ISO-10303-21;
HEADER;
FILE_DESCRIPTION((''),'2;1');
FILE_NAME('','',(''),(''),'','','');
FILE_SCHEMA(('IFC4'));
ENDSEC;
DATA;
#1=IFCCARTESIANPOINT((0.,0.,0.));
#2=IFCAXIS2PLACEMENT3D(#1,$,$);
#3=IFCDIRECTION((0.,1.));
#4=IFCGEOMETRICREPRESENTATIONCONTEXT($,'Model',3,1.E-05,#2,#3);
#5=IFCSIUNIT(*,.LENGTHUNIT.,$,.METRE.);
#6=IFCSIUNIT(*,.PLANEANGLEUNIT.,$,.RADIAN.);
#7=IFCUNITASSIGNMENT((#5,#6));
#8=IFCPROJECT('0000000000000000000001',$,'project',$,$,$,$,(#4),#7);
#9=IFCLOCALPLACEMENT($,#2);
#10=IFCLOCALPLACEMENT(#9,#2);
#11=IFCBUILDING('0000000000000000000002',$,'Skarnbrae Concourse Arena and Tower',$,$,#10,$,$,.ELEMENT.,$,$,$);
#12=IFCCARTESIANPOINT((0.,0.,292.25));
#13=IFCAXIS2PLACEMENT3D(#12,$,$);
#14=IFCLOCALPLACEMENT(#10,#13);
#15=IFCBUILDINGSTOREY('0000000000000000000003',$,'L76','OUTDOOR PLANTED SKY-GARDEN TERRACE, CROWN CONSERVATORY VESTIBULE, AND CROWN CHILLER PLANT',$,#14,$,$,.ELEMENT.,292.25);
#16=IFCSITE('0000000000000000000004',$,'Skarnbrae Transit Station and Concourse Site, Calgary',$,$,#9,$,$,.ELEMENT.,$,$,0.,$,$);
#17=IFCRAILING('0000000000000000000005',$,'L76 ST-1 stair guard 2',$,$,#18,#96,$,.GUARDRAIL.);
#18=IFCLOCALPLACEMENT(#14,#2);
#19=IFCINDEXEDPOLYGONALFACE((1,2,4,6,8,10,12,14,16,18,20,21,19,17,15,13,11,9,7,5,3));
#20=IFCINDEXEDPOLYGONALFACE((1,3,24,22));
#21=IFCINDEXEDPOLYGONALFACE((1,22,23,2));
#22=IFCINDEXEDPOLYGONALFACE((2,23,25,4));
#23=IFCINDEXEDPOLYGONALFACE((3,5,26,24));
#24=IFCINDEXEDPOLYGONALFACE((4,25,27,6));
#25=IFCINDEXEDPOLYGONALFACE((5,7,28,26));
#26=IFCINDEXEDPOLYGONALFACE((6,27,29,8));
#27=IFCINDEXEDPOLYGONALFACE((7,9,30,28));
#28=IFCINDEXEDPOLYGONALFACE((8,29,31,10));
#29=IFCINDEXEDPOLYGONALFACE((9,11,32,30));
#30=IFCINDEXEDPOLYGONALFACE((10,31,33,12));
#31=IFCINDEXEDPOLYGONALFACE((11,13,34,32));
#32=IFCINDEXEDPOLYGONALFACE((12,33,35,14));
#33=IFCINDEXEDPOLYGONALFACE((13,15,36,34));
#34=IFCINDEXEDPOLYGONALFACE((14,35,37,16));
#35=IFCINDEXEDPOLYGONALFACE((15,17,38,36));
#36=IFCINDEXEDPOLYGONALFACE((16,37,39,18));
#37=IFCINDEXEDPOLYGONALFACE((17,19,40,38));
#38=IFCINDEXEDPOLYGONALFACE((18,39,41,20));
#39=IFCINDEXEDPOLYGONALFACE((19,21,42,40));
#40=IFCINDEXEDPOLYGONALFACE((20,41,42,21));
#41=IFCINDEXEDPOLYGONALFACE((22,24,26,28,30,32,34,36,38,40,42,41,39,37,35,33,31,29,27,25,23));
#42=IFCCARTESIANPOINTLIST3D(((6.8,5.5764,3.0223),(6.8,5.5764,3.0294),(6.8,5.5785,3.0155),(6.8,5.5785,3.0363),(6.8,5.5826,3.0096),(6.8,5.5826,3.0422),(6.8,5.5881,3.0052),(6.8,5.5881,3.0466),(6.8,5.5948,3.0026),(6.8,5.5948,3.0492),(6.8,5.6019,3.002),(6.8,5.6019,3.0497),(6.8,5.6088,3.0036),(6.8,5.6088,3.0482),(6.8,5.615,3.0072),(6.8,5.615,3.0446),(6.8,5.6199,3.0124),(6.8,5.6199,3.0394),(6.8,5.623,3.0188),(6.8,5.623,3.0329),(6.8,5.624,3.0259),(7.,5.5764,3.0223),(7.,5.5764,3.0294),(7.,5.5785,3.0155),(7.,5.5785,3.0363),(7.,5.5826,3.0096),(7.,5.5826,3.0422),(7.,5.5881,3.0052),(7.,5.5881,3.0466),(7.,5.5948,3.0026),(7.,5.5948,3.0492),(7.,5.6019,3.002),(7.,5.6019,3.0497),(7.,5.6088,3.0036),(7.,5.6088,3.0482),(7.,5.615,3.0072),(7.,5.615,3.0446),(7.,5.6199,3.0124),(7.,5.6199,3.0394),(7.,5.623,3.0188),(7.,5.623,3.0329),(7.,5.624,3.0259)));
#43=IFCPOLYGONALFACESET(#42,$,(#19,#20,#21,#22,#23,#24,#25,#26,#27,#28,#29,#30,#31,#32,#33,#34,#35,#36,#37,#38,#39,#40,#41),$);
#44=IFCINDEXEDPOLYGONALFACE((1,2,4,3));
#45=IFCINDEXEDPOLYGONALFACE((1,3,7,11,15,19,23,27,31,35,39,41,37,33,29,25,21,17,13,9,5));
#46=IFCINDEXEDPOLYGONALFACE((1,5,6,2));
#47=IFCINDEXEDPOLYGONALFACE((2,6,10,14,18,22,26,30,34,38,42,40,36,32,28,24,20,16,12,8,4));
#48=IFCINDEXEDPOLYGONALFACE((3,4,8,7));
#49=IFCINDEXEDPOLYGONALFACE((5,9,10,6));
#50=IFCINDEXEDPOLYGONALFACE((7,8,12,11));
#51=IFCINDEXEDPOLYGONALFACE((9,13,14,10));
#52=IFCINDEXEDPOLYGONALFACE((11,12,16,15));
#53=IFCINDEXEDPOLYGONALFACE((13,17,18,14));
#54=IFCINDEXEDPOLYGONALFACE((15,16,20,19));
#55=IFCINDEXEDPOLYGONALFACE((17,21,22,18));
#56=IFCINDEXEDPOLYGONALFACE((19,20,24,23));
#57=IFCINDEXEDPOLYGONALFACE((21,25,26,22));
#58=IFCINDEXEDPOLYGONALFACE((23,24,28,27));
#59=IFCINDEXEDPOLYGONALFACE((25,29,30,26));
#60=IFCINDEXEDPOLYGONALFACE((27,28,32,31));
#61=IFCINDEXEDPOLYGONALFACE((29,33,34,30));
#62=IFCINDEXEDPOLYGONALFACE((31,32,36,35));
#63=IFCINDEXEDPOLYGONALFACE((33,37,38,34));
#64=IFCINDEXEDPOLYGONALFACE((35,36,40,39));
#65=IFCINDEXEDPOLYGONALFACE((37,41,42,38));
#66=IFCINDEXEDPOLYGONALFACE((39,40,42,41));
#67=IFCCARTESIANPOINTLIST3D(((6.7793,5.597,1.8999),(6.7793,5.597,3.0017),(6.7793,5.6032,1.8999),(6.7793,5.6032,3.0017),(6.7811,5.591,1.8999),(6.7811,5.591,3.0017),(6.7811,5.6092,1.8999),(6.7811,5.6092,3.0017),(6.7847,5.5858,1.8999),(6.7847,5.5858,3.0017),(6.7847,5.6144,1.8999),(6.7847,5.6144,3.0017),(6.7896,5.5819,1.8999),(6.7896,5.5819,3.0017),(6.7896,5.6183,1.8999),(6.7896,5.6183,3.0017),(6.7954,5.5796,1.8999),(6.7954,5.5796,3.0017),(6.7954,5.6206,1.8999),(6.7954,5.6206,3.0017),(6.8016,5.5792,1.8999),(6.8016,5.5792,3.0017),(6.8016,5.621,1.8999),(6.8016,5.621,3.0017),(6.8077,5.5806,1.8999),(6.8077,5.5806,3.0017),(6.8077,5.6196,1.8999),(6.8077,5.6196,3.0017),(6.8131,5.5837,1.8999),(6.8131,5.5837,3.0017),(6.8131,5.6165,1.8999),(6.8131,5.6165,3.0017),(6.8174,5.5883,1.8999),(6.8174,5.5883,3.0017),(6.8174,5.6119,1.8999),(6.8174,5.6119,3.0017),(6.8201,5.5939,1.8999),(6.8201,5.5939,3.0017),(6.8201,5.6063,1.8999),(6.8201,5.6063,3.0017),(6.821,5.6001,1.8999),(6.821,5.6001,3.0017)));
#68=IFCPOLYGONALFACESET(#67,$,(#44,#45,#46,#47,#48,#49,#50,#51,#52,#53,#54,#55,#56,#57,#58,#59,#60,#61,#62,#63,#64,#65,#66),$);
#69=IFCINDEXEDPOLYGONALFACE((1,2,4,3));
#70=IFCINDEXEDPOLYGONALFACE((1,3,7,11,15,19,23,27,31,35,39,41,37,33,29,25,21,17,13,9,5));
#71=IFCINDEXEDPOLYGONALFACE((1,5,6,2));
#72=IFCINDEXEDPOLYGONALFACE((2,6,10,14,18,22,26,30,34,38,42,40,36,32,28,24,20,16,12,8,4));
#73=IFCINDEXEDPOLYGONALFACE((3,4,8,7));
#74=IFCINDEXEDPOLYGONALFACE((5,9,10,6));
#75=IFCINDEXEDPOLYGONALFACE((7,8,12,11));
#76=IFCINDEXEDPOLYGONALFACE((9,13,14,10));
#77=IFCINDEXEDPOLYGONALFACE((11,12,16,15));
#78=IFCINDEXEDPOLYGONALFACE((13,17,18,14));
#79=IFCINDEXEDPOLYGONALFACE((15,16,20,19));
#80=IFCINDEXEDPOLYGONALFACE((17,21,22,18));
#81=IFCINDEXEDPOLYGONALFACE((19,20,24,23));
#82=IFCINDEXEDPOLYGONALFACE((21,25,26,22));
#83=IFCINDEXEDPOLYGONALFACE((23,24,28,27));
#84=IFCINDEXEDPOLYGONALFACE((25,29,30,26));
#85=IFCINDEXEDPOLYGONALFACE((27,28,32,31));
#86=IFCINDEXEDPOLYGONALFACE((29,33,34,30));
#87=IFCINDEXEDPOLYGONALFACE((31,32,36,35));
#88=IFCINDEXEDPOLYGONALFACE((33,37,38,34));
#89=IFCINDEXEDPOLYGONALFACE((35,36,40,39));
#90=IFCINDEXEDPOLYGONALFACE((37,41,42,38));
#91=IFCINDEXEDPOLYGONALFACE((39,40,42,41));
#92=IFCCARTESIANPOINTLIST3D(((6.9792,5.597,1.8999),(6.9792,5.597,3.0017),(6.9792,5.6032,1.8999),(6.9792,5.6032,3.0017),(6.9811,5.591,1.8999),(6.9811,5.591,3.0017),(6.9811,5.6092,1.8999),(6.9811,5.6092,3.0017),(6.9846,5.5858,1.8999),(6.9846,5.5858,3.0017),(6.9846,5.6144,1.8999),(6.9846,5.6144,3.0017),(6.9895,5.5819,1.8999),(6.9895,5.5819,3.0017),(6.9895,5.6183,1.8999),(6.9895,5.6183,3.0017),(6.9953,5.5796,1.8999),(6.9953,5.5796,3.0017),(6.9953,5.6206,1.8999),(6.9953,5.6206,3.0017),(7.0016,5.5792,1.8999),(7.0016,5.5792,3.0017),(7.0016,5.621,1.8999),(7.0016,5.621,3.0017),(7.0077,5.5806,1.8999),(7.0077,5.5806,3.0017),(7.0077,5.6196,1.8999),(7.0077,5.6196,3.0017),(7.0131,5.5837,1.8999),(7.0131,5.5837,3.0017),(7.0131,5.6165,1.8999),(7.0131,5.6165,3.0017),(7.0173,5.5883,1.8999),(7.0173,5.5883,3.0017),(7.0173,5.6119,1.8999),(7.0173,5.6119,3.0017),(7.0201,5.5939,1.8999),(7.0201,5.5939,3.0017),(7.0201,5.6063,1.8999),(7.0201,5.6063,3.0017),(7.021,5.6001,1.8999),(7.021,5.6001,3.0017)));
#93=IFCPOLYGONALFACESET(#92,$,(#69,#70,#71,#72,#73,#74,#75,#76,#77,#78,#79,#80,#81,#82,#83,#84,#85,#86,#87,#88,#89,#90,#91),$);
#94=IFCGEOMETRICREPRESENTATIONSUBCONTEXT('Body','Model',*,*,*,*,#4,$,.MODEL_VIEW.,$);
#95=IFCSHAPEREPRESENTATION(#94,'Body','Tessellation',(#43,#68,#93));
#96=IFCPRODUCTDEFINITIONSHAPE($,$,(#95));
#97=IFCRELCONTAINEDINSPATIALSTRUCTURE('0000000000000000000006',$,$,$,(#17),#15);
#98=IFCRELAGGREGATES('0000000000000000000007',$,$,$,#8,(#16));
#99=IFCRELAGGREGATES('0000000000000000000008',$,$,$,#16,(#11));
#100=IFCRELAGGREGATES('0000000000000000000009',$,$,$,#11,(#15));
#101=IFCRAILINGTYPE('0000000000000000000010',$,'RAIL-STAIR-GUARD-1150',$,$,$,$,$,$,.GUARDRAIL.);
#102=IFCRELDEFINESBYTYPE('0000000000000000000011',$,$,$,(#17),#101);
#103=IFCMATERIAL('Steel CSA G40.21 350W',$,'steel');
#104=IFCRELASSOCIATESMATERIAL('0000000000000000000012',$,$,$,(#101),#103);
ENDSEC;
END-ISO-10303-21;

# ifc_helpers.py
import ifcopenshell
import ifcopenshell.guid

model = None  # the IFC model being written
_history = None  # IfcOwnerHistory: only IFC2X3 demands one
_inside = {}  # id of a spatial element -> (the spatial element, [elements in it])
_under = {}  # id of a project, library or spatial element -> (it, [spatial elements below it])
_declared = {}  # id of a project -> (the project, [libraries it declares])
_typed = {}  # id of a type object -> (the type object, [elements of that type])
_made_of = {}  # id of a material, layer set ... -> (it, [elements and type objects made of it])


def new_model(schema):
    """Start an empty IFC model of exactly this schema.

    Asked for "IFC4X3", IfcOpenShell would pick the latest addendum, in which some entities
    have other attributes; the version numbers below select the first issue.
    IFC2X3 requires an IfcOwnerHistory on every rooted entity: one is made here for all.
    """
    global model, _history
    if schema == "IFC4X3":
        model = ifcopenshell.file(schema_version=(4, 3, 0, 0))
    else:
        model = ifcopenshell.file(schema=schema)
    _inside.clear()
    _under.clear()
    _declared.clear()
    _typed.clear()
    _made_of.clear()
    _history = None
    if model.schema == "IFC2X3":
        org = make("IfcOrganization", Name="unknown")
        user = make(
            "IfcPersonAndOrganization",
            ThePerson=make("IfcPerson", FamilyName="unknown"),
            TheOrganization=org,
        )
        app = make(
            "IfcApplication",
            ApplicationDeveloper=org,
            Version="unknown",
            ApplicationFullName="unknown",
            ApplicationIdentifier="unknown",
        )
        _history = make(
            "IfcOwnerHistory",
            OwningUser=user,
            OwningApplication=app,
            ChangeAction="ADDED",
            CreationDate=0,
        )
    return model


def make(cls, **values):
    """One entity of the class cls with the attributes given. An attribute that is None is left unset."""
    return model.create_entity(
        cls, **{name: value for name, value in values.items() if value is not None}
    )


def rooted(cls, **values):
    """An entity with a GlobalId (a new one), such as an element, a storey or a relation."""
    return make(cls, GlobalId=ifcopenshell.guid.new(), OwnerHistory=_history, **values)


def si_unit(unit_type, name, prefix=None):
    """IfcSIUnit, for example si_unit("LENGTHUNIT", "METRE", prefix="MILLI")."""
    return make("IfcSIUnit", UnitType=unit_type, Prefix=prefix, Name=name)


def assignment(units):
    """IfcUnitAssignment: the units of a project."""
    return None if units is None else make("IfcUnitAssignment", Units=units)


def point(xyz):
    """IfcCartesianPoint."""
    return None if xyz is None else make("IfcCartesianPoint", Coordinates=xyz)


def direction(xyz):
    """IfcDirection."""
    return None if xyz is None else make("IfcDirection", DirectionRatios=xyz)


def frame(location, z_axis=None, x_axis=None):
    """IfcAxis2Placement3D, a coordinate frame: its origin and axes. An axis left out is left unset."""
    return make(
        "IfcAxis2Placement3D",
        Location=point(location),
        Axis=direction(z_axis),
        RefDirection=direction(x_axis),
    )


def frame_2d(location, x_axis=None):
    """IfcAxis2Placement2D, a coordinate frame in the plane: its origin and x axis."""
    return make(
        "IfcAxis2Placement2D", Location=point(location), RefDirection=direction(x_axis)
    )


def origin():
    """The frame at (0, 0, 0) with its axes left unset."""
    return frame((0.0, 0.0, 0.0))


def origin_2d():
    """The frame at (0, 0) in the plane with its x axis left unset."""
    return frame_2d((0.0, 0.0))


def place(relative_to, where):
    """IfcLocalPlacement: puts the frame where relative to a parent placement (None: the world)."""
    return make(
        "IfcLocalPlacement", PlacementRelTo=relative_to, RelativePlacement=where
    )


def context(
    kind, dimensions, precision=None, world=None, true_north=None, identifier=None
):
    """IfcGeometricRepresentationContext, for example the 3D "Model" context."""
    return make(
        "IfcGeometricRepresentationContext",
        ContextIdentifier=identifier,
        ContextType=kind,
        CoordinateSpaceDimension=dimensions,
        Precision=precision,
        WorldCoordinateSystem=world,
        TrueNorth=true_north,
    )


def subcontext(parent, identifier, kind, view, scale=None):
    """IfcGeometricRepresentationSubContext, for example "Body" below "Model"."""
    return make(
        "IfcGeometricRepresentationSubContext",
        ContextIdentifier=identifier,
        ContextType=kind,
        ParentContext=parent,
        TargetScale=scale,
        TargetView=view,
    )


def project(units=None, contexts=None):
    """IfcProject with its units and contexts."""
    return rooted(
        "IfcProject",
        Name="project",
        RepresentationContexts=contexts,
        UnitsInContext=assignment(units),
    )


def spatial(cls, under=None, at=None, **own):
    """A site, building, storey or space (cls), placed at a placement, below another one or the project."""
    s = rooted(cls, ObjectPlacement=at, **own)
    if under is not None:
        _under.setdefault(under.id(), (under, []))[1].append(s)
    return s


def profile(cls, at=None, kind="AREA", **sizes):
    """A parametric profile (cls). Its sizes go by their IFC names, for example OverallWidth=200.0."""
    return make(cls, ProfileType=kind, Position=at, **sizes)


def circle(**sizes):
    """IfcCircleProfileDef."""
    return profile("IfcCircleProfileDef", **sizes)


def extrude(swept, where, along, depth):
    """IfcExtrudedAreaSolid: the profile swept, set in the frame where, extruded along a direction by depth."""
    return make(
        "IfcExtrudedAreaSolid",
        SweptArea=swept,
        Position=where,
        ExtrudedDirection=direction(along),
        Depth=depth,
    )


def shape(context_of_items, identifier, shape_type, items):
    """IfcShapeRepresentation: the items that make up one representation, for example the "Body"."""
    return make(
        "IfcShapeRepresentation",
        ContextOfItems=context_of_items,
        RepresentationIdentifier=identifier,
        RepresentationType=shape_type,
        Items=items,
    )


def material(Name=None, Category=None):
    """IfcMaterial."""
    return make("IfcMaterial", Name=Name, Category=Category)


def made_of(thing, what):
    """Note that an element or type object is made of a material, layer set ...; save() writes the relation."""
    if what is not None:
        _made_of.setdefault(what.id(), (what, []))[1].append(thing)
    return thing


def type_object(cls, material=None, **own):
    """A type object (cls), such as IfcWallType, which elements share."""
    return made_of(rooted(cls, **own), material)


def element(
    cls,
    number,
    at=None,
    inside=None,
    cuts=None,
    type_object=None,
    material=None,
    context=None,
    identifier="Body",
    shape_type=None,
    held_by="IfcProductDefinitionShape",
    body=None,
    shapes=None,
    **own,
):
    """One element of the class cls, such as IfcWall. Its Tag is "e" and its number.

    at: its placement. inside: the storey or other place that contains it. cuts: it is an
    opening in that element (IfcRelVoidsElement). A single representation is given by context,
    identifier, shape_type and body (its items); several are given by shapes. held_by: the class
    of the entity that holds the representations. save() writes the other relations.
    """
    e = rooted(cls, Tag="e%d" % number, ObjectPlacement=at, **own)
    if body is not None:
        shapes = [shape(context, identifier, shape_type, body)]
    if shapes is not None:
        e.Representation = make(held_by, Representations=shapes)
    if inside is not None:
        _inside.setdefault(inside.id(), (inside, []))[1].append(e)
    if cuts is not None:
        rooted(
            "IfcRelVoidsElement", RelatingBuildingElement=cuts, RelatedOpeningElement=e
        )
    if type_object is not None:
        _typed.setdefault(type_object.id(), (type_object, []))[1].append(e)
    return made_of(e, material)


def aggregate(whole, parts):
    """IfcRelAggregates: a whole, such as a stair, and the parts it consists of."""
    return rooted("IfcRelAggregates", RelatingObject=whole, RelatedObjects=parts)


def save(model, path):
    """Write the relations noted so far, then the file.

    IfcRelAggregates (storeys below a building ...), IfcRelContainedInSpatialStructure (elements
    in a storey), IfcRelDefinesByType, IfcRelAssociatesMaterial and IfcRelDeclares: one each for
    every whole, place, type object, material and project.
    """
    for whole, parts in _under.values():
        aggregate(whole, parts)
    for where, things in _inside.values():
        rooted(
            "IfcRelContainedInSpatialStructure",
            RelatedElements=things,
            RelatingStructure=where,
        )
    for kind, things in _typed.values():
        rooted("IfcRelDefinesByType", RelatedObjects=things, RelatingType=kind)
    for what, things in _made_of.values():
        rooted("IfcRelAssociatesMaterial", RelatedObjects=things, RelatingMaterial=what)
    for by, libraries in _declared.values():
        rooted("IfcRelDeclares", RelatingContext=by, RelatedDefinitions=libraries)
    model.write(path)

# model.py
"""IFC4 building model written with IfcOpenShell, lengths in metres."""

from ifc_helpers import new_model, si_unit, direction, frame, origin, origin_2d, place, context, subcontext, project, spatial, circle, extrude, material, type_object, element, save


model = new_model("IFC4")

# Units and contexts
model_context = context("Model", 3, precision=1e-05, world=origin(), true_north=direction((0.0, 1.0)))
body_context = subcontext(model_context, "Body", "Model", "MODEL_VIEW")
ifc_project = project(units=[si_unit("LENGTHUNIT", "METRE"), si_unit("PLANEANGLEUNIT", "RADIAN")], contexts=[model_context])

# Site, building, storey
site_placement = place(None, origin())
site = spatial("IfcSite", under=ifc_project, at=site_placement, Name="Skarnbrae Transit Station and Concourse Site, Calgary", CompositionType="ELEMENT", RefElevation=0.0)
building_placement = place(site_placement, origin())
building = spatial("IfcBuilding", under=site, at=building_placement, Name="Skarnbrae Concourse Arena and Tower", CompositionType="ELEMENT")
storey_placement = place(building_placement, frame((0.0, 0.0, 292.25)))
storey = spatial("IfcBuildingStorey", under=building, at=storey_placement, Name="L76", Description="OUTDOOR PLANTED SKY-GARDEN TERRACE, CROWN CONSERVATORY VESTIBULE, AND CROWN CHILLER PLANT", CompositionType="ELEMENT", Elevation=292.25)

# Shared definitions
ifc_material_1 = material(Name="Steel CSA G40.21 350W", Category="steel")

# Railing
railing_type_1 = type_object("IfcRailingType", Name="RAIL-STAIR-GUARD-1150", PredefinedType="GUARDRAIL", material=ifc_material_1)
railing_1_placement = place(storey_placement, frame((6.8, 5.6001, 1.8999)))
element("IfcRailing", 1, at=railing_1_placement, inside=storey, type_object=railing_type_1, Name="L76 ST-1 stair guard 2", PredefinedType="GUARDRAIL", context=body_context, shape_type="SweptSolid", body=[
    extrude(circle(Radius=0.0239, at=origin_2d()), frame((0.0, 0.0, 1.126), z_axis=(1.0, 0.0, 0.0), x_axis=(0.0, 1.0, 0.0)), (0.0, 0.0, 1.0), 0.2),
    extrude(circle(Radius=0.021, at=origin_2d()), origin(), (0.0, 0.0, 1.0), 1.1018),
    extrude(circle(Radius=0.021, at=origin_2d()), frame((0.2, 0.0, 0.0)), (0.0, 0.0, 1.0), 1.1018),
])

save(model, "model.ifc")
